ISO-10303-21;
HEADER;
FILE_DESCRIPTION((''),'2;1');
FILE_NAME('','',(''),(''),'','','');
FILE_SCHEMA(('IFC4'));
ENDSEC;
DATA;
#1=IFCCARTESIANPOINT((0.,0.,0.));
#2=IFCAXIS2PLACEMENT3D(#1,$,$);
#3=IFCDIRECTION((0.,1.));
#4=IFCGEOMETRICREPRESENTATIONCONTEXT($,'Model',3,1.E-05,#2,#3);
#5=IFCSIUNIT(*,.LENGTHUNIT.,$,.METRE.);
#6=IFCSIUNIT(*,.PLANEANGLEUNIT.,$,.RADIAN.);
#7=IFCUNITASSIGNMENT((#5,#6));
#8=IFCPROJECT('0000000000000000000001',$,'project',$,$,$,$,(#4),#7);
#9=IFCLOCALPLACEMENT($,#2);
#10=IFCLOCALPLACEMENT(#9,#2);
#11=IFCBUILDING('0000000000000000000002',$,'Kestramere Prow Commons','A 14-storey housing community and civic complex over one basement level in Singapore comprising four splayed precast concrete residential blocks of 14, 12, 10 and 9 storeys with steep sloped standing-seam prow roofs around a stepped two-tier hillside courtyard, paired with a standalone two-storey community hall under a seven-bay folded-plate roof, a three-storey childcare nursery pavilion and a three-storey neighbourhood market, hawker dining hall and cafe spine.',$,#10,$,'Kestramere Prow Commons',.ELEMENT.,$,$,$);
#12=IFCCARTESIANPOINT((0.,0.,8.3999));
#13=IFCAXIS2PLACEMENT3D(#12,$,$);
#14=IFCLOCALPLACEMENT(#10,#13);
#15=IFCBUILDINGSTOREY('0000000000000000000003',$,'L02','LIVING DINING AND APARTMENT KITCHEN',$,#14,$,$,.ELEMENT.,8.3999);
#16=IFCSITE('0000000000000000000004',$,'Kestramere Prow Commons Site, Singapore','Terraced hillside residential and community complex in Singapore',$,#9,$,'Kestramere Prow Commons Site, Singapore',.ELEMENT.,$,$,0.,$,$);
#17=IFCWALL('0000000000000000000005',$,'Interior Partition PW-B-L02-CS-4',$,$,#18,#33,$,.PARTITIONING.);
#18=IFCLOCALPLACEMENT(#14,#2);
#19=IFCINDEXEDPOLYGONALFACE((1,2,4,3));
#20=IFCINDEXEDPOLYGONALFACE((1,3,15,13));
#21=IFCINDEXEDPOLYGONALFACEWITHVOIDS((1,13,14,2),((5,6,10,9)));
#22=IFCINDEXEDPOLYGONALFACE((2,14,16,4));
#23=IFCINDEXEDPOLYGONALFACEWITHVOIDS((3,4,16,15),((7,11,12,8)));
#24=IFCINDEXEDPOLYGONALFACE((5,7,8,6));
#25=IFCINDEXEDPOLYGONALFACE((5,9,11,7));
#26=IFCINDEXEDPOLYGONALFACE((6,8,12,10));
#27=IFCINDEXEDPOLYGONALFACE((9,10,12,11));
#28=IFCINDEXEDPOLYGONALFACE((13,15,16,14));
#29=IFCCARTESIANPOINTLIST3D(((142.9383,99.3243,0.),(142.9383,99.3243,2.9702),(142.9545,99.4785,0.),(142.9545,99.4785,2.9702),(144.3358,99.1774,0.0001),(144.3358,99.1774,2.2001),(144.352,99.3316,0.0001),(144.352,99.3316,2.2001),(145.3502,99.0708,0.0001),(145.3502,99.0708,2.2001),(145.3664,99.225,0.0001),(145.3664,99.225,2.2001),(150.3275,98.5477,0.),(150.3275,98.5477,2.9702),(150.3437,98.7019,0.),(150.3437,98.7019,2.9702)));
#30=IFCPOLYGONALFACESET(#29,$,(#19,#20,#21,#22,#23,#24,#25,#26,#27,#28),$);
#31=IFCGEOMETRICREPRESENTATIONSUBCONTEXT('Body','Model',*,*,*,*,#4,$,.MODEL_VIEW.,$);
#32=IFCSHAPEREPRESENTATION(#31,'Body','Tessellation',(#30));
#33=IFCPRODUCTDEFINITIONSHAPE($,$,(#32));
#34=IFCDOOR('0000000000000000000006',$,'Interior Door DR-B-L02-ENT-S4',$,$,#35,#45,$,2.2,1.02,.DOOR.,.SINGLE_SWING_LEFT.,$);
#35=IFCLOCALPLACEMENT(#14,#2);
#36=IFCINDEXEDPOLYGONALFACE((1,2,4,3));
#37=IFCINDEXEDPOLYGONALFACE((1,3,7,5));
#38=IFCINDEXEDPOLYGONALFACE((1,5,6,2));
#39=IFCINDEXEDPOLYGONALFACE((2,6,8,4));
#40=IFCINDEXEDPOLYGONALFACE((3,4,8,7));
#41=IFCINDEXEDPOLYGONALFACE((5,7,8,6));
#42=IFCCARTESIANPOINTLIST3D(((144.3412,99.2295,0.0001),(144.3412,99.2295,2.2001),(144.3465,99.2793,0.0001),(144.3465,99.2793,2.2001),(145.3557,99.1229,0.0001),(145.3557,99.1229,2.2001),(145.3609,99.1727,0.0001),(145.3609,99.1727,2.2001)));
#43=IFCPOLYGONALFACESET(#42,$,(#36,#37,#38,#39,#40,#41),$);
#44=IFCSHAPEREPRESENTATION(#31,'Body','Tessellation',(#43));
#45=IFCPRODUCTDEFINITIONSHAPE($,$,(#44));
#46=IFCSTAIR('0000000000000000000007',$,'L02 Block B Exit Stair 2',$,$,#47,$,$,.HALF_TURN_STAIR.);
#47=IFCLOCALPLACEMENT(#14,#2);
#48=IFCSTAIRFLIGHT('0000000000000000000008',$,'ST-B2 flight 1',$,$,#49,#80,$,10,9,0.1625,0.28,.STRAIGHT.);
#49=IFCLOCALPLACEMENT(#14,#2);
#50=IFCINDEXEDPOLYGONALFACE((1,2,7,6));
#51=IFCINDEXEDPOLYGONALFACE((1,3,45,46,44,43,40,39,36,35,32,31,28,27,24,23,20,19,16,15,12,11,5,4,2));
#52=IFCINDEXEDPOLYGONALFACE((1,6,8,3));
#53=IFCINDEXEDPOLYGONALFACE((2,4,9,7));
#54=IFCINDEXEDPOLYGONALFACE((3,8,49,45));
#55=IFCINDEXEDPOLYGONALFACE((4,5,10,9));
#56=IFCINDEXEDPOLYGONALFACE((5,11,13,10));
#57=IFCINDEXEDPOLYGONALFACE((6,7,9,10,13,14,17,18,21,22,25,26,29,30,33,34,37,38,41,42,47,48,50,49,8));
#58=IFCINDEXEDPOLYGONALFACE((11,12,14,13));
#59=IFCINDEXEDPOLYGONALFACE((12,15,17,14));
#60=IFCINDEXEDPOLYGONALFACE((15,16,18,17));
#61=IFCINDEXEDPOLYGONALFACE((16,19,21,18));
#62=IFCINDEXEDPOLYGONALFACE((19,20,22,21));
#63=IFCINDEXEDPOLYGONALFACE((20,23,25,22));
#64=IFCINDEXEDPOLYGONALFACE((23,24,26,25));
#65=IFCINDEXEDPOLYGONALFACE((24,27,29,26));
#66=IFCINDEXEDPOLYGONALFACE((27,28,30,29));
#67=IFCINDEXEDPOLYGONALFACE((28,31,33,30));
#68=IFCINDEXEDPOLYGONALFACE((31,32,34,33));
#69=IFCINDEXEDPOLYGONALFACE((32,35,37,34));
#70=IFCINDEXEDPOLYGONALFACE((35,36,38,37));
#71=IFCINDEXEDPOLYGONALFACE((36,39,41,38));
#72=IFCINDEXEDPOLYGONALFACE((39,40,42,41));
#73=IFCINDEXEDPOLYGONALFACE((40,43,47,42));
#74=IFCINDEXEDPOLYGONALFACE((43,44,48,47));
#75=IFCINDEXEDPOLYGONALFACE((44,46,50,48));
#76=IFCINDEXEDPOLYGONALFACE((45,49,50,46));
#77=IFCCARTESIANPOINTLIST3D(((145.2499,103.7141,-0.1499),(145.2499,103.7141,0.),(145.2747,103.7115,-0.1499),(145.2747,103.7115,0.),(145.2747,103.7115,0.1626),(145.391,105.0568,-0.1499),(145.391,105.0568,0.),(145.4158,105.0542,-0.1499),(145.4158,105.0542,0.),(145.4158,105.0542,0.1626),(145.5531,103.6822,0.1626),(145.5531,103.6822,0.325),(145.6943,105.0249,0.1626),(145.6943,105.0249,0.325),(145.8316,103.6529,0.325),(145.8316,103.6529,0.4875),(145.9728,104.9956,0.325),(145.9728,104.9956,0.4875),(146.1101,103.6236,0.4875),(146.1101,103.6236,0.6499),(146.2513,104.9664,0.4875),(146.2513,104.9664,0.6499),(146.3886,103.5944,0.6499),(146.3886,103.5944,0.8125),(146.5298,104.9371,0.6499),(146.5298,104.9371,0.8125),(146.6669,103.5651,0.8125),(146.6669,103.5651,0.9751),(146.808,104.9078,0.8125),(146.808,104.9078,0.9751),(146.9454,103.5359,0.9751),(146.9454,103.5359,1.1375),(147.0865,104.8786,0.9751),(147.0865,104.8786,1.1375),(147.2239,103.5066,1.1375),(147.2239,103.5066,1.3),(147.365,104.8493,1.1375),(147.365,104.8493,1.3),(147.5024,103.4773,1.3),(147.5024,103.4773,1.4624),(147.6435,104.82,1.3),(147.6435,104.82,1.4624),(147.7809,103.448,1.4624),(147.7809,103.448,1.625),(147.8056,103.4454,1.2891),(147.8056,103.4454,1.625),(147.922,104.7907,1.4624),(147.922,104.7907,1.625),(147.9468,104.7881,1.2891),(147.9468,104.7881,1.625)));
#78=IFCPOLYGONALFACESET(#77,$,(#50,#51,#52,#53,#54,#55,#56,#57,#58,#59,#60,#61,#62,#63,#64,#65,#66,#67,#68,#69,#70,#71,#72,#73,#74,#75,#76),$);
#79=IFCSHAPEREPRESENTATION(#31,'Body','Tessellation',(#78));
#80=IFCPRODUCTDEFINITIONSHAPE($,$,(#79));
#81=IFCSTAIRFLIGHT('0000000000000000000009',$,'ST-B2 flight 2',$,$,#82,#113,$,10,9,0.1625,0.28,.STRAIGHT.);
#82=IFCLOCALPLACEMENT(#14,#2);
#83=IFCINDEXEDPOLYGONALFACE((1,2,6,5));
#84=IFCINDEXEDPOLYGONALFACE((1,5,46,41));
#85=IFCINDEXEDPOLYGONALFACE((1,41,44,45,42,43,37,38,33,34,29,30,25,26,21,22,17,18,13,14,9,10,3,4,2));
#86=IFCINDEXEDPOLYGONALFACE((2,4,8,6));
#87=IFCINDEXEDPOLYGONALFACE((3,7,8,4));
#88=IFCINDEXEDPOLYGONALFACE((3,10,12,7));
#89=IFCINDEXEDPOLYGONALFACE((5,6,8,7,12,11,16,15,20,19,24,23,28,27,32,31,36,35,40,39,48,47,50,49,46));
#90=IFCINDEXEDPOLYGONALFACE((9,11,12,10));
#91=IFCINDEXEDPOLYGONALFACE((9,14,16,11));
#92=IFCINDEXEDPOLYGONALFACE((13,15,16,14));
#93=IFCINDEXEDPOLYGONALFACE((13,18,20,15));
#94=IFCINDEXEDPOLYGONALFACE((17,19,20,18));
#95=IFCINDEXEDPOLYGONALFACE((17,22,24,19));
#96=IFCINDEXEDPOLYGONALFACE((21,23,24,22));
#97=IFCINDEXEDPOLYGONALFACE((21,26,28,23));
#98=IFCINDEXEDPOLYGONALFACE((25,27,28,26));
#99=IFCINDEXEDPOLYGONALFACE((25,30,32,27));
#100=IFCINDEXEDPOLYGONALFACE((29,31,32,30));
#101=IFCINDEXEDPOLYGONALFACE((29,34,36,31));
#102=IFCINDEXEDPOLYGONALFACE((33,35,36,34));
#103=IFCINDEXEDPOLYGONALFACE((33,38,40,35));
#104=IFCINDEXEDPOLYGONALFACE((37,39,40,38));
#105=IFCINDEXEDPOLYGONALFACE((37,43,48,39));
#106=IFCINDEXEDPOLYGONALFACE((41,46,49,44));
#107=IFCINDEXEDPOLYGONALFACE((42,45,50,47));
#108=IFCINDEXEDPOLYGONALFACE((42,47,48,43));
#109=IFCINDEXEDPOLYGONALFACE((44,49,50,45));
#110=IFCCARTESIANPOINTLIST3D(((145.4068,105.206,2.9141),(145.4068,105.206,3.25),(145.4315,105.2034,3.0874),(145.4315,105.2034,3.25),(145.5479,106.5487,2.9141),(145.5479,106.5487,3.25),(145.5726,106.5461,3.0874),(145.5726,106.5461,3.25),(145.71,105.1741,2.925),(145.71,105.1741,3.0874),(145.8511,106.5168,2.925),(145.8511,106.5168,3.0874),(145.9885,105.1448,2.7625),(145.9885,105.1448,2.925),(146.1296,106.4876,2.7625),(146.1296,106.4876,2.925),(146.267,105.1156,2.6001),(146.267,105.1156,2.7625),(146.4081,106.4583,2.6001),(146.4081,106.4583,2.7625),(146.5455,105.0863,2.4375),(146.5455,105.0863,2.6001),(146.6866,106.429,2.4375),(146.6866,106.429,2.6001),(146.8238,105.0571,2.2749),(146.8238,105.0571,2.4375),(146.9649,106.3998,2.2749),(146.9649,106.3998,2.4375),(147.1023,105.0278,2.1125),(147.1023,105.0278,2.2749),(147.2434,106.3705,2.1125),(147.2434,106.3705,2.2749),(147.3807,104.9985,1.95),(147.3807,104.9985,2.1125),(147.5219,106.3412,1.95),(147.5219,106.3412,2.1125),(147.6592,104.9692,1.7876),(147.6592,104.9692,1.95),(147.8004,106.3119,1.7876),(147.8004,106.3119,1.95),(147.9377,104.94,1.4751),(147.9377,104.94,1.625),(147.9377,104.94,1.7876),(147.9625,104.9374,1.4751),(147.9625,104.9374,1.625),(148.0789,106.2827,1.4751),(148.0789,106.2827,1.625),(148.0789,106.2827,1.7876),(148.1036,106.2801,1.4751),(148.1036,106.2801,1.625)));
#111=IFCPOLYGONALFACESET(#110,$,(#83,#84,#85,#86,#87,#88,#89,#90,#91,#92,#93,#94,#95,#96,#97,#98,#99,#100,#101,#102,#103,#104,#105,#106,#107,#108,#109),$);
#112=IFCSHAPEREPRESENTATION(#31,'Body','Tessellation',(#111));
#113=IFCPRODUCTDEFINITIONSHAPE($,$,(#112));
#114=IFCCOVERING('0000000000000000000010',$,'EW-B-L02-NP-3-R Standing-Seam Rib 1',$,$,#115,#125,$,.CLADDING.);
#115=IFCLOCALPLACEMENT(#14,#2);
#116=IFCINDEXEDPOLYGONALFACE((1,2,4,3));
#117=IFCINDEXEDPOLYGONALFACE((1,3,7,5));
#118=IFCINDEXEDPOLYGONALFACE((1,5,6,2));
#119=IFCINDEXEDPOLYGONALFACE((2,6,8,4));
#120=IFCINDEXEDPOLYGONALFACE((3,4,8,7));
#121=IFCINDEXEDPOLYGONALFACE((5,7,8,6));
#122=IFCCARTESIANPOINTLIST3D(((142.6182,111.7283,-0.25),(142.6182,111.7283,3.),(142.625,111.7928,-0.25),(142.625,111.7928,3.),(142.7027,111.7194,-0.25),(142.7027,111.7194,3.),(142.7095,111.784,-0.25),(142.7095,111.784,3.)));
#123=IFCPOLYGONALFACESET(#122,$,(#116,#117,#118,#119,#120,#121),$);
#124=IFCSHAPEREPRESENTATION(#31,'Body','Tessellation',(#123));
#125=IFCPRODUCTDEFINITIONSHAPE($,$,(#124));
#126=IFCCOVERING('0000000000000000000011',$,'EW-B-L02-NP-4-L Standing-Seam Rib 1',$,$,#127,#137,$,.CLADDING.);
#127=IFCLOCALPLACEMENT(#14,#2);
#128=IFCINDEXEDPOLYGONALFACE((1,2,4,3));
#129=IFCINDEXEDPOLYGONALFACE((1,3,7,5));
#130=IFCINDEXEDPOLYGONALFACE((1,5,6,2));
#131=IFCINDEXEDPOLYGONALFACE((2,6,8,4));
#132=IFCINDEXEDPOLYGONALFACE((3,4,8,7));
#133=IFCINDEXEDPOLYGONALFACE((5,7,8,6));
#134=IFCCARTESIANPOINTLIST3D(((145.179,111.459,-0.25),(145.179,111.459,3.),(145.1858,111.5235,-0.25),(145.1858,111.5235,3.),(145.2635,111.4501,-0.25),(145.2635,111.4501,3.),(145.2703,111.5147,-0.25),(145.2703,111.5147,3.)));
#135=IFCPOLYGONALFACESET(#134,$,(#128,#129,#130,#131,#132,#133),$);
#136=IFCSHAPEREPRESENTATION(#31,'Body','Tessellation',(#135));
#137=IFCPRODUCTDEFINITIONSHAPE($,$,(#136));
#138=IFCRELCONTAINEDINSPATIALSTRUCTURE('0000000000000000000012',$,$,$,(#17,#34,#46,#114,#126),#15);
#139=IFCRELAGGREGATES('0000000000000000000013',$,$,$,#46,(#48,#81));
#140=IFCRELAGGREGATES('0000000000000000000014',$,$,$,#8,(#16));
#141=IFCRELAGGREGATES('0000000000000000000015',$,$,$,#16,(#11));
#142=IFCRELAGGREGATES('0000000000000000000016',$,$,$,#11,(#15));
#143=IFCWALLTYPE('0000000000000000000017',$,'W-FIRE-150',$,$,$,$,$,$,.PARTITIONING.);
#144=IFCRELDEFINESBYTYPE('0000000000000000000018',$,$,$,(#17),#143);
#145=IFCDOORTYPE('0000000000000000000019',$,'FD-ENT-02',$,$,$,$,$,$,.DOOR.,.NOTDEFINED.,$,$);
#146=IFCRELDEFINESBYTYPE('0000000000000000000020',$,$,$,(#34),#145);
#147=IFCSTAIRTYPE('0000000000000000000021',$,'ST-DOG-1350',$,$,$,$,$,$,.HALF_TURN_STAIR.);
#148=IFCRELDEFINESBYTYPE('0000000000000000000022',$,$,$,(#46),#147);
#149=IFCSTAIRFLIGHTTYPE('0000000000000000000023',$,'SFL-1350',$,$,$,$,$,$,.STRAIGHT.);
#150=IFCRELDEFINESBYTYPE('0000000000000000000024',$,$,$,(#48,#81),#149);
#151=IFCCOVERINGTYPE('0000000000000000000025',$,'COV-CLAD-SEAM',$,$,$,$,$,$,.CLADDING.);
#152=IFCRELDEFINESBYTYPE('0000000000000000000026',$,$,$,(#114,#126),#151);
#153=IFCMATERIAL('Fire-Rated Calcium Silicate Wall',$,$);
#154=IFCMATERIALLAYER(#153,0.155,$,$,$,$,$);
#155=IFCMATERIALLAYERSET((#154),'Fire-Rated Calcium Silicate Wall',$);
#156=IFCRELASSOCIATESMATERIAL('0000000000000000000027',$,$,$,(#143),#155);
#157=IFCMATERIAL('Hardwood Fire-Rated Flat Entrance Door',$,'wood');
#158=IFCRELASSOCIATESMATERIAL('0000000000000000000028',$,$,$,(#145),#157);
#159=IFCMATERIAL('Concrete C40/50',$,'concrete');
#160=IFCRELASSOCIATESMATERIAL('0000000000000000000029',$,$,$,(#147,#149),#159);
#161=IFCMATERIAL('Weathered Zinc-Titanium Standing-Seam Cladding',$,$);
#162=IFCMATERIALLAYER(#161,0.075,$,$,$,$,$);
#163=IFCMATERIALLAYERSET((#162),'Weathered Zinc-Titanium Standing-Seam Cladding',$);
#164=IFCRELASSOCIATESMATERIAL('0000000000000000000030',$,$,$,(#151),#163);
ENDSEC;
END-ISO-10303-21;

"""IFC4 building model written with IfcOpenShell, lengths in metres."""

from ifc_helpers import new_model, si_unit, direction, frame, frame_2d, origin, origin_2d, place, context, subcontext, project, spatial, polyline, rectangle, outline, extrude, material, layer, layer_set, type_object, element, fill, aggregate, save


model = new_model("IFC4")

# Units and contexts
model_context = context("Model", 3, precision=1e-05, world=origin(), true_north=direction((0.0, 1.0)))
body_context = subcontext(model_context, "Body", "Model", "MODEL_VIEW")
ifc_project = project(units=[si_unit("LENGTHUNIT", "METRE"), si_unit("PLANEANGLEUNIT", "RADIAN")], contexts=[model_context])

# Site, building, storey
site_placement = place(None, origin())
site = spatial("IfcSite", under=ifc_project, at=site_placement, Name="Kestramere Prow Commons Site, Singapore", Description="Terraced hillside residential and community complex in Singapore", LongName="Kestramere Prow Commons Site, Singapore", CompositionType="ELEMENT", RefElevation=0.0)
building_placement = place(site_placement, origin())
building = spatial("IfcBuilding", under=site, at=building_placement, Name="Kestramere Prow Commons", Description="A 14-storey housing community and civic complex over one basement level in Singapore comprising four splayed precast concrete residential blocks of 14, 12, 10 and 9 storeys with steep sloped standing-seam prow roofs around a stepped two-tier hillside courtyard, paired with a standalone two-storey community hall under a seven-bay folded-plate roof, a three-storey childcare nursery pavilion and a three-storey neighbourhood market, hawker dining hall and cafe spine.", LongName="Kestramere Prow Commons", CompositionType="ELEMENT")
storey_placement = place(building_placement, frame((0.0, 0.0, 8.3999)))
storey = spatial("IfcBuildingStorey", under=building, at=storey_placement, Name="L02", Description="LIVING DINING AND APARTMENT KITCHEN", CompositionType="ELEMENT", Elevation=8.3999)

# Shared definitions
ifc_material_1 = material(Name="Concrete C40/50", Category="concrete")

# Wall, opening, door
ifc_material_2 = material(Name="Fire-Rated Calcium Silicate Wall")
ifc_layer_1 = layer(ifc_material_2, 0.155)
ifc_layer_set_1 = layer_set([ifc_layer_1], Name="Fire-Rated Calcium Silicate Wall")
wall_type_1 = type_object("IfcWallType", Name="W-FIRE-150", PredefinedType="PARTITIONING", material=ifc_layer_set_1)
wall_1_placement = place(storey_placement, frame((142.9465, 99.4014, 0.0), z_axis=(0.0, 0.0, 1.0), x_axis=(0.994522, -0.104526, 0.0)))
wall_1 = element("IfcWall", 1, at=wall_1_placement, inside=storey, type_object=wall_type_1, Name="Interior Partition PW-B-L02-CS-4", PredefinedType="PARTITIONING", context=body_context, shape_type="SweptSolid", body=[
    extrude(rectangle(XDim=7.4299, YDim=0.155, at=frame_2d((3.7148, 0.0))), origin(), (0.0, 0.0, 1.0), 2.9702),
])
opening_1_placement = place(wall_1_placement, frame((1.405, 0.0, 0.0)))
opening_1 = element("IfcOpeningElement", 2, at=opening_1_placement, cuts=wall_1, PredefinedType="OPENING", context=body_context, shape_type="SweptSolid", body=[
    extrude(rectangle(XDim=1.02, YDim=2.2, at=frame_2d((0.51, 1.1001))), frame((0.0, 0.0925, 0.0), z_axis=(0.0, -1.0, 0.0), x_axis=(1.0, 0.0, 0.0)), (0.0, 0.0, 1.0), 0.1851),
])
ifc_material_3 = material(Name="Hardwood Fire-Rated Flat Entrance Door", Category="wood")
door_type_1 = type_object("IfcDoorType", Name="FD-ENT-02", OperationType="NOTDEFINED", PredefinedType="DOOR", material=ifc_material_3)
door_1_placement = place(opening_1_placement, origin())
door_1 = element("IfcDoor", 3, at=door_1_placement, inside=storey, type_object=door_type_1, Name="Interior Door DR-B-L02-ENT-S4", OperationType="SINGLE_SWING_LEFT", OverallHeight=2.2, OverallWidth=1.02, PredefinedType="DOOR", context=body_context, shape_type="SweptSolid", body=[
    extrude(rectangle(XDim=1.02, YDim=2.2, at=frame_2d((0.51, 1.1001))), frame((0.0, 0.0249, 0.0), z_axis=(0.0, -1.0, 0.0), x_axis=(1.0, 0.0, 0.0)), (0.0, 0.0, 1.0), 0.05),
])
fill(opening_1, door_1)

# Stair, stair flights
stair_type = type_object("IfcStairType", Name="ST-DOG-1350", PredefinedType="HALF_TURN_STAIR", material=ifc_material_1)
stair_placement = place(storey_placement, origin())
stair = element("IfcStair", 4, at=stair_placement, inside=storey, type_object=stair_type, Name="L02 Block B Exit Stair 2", PredefinedType="HALF_TURN_STAIR")
stair_flight_type = type_object("IfcStairFlightType", Name="SFL-1350", PredefinedType="STRAIGHT", material=ifc_material_1)
stair_flight_1_placement = place(storey_placement, frame((145.3452, 104.3828, 0.0), z_axis=(0.0, 0.0, 1.0), x_axis=(0.994522, -0.104528, 0.0)))
stair_flight_1 = element("IfcStairFlight", 5, at=stair_flight_1_placement, type_object=stair_flight_type, Name="ST-B2 flight 1", NumberOfRisers=10, NumberOfTreads=9, PredefinedType="STRAIGHT", RiserHeight=0.1625, TreadLength=0.28, context=body_context, shape_type="SweptSolid", body=[
    extrude(outline(polyline([(-0.0249, 0.0), (0.0, 0.0), (0.0, 0.1626), (0.28, 0.1626), (0.28, 0.325), (0.5601, 0.325), (0.5601, 0.4875), (0.8401, 0.4875), (0.8401, 0.6499), (1.1201, 0.6499), (1.1201, 0.8125), (1.3999, 0.8125), (1.3999, 0.9751), (1.6799, 0.9751), (1.6799, 1.1375), (1.96, 1.1375), (1.96, 1.3), (2.24, 1.3), (2.24, 1.4624), (2.52, 1.4624), (2.52, 1.625), (2.5449, 1.625), (2.5449, 1.2891), (0.0, -0.1499), (-0.0249, -0.1499), (-0.0249, 0.0)])), frame((0.0, 0.675, 0.0), z_axis=(0.0, -1.0, 0.0), x_axis=(1.0, 0.0, 0.0)), (0.0, 0.0, 1.0), 1.3501),
])
stair_flight_2_placement = place(storey_placement, frame((148.0083, 105.6113, 1.625), z_axis=(0.0, 0.0, 1.0), x_axis=(-0.994522, 0.104528, 0.0)))
stair_flight_2 = element("IfcStairFlight", 6, at=stair_flight_2_placement, type_object=stair_flight_type, Name="ST-B2 flight 2", NumberOfRisers=10, NumberOfTreads=9, PredefinedType="STRAIGHT", RiserHeight=0.1625, TreadLength=0.28, context=body_context, shape_type="SweptSolid", body=[
    extrude(outline(polyline([(-0.0249, 0.0), (0.0, 0.0), (0.0, 0.1626), (0.28, 0.1626), (0.28, 0.325), (0.5601, 0.325), (0.5601, 0.4875), (0.8401, 0.4875), (0.8401, 0.6499), (1.1201, 0.6499), (1.1201, 0.8125), (1.3999, 0.8125), (1.3999, 0.9751), (1.6799, 0.9751), (1.6799, 1.1375), (1.96, 1.1375), (1.96, 1.3), (2.24, 1.3), (2.24, 1.4624), (2.52, 1.4624), (2.52, 1.625), (2.5449, 1.625), (2.5449, 1.2891), (0.0, -0.1499), (-0.0249, -0.1499), (-0.0249, 0.0)])), frame((0.0, 0.675, 0.0), z_axis=(0.0, -1.0, 0.0), x_axis=(1.0, 0.0, 0.0)), (0.0, 0.0, 1.0), 1.3501),
])
aggregate(stair, [stair_flight_1, stair_flight_2])

# Coverings
ifc_material_4 = material(Name="Weathered Zinc-Titanium Standing-Seam Cladding")
ifc_layer_2 = layer(ifc_material_4, 0.075)
ifc_layer_set_2 = layer_set([ifc_layer_2], Name="Weathered Zinc-Titanium Standing-Seam Cladding")
covering_type = type_object("IfcCoveringType", Name="COV-CLAD-SEAM", PredefinedType="CLADDING", material=ifc_layer_set_2)
for number, where, z_axis, x_axis, name in (
    (7, (142.6638, 111.7561, -0.25), (0.0, 0.0, 1.0), (0.994522, -0.104528, 0.0), "EW-B-L02-NP-3-R Standing-Seam Rib 1"),
    (8, (145.2246, 111.4868, -0.25), (0.0, 0.0, 1.0), (0.994522, -0.104528, 0.0), "EW-B-L02-NP-4-L Standing-Seam Rib 1"),
):
    element("IfcCovering", number, at=place(storey_placement, frame(where, z_axis=z_axis, x_axis=x_axis)), inside=storey, type_object=covering_type, Name=name, PredefinedType="CLADDING", context=body_context, shape_type="SweptSolid", body=[
        extrude(rectangle(XDim=0.085, YDim=0.0649, at=origin_2d()), origin(), (0.0, 0.0, 1.0), 3.25),
    ])

save(model, "model.ifc")
